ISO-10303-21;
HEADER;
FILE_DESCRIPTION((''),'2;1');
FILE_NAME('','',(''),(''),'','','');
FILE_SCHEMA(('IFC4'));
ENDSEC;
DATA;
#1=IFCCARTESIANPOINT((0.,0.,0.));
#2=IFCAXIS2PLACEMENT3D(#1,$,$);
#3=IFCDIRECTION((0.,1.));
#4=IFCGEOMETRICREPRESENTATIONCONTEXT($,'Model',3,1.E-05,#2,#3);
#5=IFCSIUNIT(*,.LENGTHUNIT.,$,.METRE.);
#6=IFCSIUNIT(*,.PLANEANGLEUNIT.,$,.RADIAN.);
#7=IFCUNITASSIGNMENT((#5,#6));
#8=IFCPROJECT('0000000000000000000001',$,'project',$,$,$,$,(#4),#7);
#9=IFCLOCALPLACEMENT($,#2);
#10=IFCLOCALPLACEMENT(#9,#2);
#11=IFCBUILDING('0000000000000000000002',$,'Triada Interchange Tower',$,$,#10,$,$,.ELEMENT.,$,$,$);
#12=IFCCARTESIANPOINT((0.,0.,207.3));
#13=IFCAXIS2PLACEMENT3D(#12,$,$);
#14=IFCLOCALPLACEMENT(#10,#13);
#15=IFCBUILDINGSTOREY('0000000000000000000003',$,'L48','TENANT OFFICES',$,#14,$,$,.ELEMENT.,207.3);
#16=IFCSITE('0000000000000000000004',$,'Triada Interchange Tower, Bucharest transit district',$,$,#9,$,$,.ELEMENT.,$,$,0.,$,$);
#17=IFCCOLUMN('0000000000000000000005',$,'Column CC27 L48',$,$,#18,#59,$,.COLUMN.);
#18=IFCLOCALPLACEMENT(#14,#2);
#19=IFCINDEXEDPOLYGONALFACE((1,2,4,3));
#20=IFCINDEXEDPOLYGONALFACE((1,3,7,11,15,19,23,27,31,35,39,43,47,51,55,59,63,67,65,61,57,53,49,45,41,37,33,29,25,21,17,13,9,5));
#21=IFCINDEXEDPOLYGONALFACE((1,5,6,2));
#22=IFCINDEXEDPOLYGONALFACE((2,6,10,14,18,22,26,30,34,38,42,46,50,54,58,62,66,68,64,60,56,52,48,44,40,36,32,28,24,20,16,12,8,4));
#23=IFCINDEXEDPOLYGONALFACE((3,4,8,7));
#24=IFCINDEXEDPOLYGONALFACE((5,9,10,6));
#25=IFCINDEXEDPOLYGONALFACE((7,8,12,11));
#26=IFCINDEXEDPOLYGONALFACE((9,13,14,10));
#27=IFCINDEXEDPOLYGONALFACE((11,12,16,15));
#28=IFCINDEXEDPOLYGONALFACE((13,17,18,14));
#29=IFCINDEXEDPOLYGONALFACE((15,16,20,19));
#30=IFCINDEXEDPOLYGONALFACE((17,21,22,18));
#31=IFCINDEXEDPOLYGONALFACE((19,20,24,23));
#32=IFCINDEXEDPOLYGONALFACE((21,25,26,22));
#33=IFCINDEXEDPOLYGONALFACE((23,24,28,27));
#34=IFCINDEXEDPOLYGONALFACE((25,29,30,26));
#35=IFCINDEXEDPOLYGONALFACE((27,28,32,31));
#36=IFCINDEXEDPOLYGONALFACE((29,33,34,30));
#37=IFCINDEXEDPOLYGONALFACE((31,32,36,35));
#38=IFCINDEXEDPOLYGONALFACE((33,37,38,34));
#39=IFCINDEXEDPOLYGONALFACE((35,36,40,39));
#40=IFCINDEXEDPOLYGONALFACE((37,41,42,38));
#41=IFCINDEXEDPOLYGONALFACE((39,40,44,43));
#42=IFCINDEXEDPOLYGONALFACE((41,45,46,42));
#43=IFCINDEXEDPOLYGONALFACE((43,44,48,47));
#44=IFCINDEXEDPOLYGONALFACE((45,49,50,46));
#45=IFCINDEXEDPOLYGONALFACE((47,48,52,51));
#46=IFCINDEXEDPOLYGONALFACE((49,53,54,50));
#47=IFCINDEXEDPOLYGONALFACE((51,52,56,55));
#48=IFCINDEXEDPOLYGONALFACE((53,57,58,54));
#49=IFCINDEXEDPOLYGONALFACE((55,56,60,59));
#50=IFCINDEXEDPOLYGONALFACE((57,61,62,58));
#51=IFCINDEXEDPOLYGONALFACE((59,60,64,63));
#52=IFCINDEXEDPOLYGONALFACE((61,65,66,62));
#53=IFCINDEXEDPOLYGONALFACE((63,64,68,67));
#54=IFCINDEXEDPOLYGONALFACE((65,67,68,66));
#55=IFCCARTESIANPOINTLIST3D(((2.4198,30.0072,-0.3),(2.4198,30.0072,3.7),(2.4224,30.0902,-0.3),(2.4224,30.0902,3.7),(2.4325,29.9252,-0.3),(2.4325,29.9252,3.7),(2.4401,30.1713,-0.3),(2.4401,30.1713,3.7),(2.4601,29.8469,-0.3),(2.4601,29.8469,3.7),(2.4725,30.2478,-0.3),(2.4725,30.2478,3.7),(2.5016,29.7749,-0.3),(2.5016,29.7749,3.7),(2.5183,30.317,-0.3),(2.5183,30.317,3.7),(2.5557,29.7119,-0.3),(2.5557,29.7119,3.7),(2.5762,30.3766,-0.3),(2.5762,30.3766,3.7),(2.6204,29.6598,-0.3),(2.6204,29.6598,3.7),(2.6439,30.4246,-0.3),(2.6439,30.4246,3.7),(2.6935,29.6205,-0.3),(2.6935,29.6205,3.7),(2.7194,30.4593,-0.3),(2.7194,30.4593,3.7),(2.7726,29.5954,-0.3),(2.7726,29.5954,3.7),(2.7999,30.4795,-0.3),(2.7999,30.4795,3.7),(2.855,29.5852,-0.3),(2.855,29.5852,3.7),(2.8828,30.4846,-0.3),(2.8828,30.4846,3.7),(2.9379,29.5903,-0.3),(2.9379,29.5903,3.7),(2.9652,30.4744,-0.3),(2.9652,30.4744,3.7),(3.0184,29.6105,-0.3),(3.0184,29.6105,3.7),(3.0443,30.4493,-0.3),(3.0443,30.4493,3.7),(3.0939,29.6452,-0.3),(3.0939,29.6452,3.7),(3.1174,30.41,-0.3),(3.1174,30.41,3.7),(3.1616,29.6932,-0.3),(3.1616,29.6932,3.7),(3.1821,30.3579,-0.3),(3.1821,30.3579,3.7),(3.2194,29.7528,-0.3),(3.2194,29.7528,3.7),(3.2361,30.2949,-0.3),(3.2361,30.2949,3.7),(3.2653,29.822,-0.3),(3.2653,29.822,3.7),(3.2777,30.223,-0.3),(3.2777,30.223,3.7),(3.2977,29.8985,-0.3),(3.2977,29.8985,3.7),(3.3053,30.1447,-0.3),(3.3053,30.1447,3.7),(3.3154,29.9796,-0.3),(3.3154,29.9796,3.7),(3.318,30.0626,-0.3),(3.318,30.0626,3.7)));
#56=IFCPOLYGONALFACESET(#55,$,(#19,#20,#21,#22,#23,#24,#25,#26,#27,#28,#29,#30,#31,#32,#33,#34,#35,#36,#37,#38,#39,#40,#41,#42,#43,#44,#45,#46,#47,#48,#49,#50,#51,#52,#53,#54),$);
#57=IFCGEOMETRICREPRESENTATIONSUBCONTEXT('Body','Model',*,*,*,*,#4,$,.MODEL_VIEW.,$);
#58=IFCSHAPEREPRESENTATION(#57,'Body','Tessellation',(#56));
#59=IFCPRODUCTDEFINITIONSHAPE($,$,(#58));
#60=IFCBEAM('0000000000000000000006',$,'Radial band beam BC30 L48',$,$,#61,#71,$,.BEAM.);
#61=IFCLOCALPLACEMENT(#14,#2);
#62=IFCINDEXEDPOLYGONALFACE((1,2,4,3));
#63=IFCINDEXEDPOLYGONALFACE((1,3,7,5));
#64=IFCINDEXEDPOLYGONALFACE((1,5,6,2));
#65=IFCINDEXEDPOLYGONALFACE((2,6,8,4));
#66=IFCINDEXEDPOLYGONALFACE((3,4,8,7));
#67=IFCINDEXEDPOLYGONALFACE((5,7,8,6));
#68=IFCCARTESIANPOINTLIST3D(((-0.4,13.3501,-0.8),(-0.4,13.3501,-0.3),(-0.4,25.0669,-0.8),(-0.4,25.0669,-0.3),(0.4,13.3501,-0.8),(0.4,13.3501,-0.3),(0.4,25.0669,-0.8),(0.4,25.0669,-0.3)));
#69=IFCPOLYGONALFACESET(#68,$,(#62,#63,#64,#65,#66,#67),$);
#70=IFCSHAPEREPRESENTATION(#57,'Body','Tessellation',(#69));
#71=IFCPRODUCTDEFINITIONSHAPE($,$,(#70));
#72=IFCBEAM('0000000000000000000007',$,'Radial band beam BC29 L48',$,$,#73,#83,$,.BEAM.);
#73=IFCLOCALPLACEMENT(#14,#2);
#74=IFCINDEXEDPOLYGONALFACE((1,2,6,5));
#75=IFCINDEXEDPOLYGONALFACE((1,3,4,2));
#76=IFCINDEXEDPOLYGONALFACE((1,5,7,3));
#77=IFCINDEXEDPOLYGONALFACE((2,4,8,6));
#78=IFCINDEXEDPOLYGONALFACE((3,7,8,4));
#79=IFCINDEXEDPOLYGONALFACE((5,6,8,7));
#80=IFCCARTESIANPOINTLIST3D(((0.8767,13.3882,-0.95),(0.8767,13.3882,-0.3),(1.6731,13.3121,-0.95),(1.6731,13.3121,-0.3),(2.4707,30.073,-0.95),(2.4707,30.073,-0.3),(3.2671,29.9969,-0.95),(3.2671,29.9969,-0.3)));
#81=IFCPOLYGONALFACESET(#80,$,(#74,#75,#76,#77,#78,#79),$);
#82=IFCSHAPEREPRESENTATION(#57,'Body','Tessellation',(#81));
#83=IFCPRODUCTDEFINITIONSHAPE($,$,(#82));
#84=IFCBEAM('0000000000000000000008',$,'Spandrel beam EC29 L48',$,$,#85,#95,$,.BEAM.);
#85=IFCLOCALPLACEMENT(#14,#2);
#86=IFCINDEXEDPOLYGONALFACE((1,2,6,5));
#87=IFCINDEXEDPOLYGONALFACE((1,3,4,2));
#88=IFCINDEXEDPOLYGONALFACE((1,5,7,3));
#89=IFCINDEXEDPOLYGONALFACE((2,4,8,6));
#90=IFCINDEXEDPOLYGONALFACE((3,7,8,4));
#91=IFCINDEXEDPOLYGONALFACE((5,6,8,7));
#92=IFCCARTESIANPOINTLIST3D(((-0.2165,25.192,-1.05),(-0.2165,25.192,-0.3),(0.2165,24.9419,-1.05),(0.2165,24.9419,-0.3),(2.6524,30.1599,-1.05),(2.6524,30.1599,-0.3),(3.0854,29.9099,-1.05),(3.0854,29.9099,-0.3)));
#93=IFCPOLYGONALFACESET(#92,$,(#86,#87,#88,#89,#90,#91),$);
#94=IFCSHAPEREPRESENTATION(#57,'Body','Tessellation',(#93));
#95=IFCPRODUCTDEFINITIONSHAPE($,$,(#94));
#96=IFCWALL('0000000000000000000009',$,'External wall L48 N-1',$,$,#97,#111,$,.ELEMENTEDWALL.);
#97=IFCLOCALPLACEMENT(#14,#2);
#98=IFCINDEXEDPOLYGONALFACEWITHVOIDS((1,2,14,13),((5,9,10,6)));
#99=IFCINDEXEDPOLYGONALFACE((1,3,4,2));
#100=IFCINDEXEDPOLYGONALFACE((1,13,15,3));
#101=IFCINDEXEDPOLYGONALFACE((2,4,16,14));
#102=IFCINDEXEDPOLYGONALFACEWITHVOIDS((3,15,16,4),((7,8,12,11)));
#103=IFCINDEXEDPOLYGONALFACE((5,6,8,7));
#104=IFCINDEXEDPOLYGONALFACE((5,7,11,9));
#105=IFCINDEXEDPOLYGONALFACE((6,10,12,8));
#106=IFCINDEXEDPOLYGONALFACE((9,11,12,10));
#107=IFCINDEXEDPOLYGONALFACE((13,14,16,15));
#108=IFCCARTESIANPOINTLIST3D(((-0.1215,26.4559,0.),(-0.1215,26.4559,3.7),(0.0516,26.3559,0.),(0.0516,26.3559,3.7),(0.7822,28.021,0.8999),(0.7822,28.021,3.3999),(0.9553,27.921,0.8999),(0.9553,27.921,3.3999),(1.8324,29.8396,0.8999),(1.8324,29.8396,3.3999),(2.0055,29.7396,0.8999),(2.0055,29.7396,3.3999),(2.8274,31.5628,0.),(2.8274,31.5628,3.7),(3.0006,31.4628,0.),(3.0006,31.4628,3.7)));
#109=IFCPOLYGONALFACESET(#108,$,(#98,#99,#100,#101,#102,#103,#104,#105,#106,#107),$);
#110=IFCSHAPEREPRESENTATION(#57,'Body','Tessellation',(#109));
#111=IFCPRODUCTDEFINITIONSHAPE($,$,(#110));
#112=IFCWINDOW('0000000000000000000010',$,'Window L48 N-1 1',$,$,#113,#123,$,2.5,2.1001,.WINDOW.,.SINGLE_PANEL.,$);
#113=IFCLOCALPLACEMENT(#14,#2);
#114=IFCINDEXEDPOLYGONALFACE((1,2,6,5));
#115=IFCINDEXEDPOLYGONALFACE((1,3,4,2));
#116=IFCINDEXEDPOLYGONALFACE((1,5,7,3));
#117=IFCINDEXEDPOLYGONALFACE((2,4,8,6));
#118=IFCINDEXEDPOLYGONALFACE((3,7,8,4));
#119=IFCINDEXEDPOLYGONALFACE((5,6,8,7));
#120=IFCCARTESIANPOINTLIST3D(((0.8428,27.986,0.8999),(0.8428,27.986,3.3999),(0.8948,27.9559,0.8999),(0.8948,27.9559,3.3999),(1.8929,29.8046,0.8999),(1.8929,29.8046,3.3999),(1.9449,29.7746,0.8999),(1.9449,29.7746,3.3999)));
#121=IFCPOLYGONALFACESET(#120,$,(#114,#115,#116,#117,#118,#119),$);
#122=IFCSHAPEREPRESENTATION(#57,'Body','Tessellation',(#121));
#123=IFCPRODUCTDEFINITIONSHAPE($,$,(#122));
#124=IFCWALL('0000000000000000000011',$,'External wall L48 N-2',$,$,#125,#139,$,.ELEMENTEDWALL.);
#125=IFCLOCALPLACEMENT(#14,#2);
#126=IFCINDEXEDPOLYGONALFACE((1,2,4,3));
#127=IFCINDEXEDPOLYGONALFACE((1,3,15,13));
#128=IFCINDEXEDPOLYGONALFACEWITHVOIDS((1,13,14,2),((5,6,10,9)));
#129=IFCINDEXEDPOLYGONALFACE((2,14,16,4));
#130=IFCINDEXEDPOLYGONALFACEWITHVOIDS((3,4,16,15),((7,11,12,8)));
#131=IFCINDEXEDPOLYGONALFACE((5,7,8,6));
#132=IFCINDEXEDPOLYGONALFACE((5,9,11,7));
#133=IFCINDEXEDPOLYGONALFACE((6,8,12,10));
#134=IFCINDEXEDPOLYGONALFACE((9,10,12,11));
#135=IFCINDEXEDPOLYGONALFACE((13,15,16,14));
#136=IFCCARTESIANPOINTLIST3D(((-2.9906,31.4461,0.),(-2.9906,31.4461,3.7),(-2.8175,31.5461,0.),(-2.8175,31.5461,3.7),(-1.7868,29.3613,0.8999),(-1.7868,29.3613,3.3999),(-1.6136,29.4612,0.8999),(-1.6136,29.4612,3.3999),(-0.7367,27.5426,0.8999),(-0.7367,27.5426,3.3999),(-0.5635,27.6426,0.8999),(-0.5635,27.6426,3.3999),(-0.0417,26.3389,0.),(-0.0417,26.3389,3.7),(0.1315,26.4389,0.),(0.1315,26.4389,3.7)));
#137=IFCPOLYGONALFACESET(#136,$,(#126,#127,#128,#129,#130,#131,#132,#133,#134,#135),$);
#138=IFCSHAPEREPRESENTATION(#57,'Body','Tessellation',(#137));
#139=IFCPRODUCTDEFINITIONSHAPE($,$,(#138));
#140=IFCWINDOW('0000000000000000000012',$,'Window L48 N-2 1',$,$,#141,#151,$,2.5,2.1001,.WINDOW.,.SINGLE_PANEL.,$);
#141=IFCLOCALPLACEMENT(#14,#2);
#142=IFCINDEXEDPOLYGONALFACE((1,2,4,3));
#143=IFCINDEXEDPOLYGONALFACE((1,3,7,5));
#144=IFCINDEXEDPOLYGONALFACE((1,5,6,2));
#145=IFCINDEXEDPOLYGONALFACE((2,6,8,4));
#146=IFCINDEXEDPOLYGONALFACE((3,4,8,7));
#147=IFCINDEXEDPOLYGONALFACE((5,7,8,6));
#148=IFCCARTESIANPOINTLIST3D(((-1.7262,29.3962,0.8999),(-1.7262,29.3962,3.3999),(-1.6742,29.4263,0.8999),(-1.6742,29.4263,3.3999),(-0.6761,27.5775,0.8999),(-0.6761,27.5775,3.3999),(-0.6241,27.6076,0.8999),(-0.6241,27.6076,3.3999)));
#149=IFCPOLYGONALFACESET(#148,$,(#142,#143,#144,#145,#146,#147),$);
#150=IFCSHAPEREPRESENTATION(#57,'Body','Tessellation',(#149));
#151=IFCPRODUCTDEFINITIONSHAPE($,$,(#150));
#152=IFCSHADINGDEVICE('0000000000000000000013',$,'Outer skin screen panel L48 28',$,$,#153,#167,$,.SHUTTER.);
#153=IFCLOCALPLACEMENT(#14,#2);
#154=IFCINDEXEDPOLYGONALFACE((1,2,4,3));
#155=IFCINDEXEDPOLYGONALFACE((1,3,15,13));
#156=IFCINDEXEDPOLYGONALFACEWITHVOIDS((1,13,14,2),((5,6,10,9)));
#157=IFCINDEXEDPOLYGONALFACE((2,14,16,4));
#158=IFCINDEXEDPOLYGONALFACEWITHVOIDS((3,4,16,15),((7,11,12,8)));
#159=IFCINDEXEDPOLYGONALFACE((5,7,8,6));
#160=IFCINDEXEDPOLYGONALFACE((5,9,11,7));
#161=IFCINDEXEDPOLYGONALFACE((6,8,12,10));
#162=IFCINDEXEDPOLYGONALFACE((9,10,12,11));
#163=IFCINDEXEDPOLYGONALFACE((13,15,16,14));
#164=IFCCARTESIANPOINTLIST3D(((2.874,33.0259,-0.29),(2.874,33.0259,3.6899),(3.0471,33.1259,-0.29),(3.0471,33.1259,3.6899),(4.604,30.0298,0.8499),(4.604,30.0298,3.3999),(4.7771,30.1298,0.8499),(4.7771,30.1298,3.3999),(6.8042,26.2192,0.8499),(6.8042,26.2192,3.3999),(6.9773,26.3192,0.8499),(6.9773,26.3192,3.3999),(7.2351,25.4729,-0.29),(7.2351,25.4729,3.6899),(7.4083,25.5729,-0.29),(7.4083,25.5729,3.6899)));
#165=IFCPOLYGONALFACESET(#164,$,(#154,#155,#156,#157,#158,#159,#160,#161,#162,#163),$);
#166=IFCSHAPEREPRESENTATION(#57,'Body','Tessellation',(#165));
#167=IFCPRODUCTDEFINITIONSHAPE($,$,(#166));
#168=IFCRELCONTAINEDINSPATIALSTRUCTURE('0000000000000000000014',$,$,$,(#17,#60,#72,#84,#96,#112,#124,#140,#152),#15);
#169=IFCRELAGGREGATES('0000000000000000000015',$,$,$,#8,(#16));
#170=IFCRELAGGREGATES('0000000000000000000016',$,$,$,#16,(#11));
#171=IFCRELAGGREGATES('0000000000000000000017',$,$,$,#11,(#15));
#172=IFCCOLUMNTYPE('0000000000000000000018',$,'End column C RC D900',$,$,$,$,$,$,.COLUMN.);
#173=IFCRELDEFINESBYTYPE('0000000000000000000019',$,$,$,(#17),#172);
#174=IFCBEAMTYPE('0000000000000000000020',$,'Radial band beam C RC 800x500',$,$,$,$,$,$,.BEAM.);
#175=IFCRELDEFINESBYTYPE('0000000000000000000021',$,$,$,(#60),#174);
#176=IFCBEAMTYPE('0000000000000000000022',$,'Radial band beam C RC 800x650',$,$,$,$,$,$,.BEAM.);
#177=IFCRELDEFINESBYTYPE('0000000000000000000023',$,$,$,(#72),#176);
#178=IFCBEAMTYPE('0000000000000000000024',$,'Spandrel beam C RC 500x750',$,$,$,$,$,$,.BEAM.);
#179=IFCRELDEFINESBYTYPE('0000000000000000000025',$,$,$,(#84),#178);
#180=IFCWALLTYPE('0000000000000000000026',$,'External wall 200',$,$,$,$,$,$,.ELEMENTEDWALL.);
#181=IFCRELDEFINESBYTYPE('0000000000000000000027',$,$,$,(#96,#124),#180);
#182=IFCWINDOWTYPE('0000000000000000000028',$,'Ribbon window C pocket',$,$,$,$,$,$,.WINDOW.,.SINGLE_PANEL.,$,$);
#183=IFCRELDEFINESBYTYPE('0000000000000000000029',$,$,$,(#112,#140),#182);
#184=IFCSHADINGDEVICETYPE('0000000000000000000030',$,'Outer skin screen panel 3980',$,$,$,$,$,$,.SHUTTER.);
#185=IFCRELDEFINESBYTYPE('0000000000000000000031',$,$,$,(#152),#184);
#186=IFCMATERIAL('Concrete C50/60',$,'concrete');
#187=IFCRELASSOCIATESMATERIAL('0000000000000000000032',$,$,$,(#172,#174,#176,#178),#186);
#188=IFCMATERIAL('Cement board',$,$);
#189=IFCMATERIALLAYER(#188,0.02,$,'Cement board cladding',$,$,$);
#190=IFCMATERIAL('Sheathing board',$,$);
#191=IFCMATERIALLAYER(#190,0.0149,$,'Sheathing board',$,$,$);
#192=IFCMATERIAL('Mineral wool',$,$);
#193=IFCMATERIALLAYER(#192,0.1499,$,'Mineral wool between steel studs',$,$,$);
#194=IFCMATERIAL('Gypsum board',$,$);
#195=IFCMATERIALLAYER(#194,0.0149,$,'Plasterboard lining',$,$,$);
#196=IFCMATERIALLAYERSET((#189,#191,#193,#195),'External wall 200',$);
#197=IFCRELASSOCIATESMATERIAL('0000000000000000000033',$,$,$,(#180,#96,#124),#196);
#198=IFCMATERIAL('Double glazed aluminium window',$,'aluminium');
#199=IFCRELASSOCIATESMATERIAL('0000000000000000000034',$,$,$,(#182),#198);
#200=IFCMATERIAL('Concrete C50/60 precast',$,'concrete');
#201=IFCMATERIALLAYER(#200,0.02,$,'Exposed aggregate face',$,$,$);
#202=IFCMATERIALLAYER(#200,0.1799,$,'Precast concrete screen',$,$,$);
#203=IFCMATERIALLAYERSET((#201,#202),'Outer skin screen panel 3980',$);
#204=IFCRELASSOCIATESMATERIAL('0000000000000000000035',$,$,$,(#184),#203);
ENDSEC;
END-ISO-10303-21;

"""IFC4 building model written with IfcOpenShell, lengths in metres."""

from ifc_helpers import new_model, si_unit, direction, frame, frame_2d, origin, origin_2d, place, context, subcontext, project, spatial, polyline, rectangle, circle, outline, extrude, material, layer, layer_set, layer_usage, material_profile, profile_set, type_object, element, fill, save


model = new_model("IFC4")

# Units and contexts
model_context = context("Model", 3, precision=1e-05, world=origin(), true_north=direction((0.0, 1.0)))
body_context = subcontext(model_context, "Body", "Model", "MODEL_VIEW")
ifc_project = project(units=[si_unit("LENGTHUNIT", "METRE"), si_unit("PLANEANGLEUNIT", "RADIAN")], contexts=[model_context])

# Site, building, storey
site_placement = place(None, origin())
site = spatial("IfcSite", under=ifc_project, at=site_placement, Name="Triada Interchange Tower, Bucharest transit district", CompositionType="ELEMENT", RefElevation=0.0)
building_placement = place(site_placement, origin())
building = spatial("IfcBuilding", under=site, at=building_placement, Name="Triada Interchange Tower", CompositionType="ELEMENT")
storey_placement = place(building_placement, frame((0.0, 0.0, 207.3)))
storey = spatial("IfcBuildingStorey", under=building, at=storey_placement, Name="L48", Description="TENANT OFFICES", CompositionType="ELEMENT", Elevation=207.3)

# Column
ifc_material_1 = material(Name="Concrete C50/60", Category="concrete")
ifc_material_profile_1 = material_profile(ifc_material_1, circle(Radius=0.45, at=origin_2d()), Name="RC D900")
ifc_profile_set_1 = profile_set([ifc_material_profile_1], Name="Concrete C50/60")
column_type = type_object("IfcColumnType", Name="End column C RC D900", PredefinedType="COLUMN", material=ifc_profile_set_1)
column_placement = place(storey_placement, frame((2.8689, 30.0349, -0.3), z_axis=(0.0, 0.0, 1.0), x_axis=(-0.5, 0.866025, 0.0)))
element("IfcColumn", 1, at=column_placement, inside=storey, type_object=column_type, Name="Column CC27 L48", PredefinedType="COLUMN", context=body_context, shape_type="SweptSolid", body=[
    extrude(circle(Radius=0.45, at=origin_2d()), origin(), (0.0, 0.0, 1.0), 4.0),
])

# Beams
ifc_material_profile_2 = material_profile(ifc_material_1, rectangle(XDim=0.8, YDim=0.5, at=origin_2d()), Name="RC 800x500")
ifc_profile_set_2 = profile_set([ifc_material_profile_2], Name="Concrete C50/60")
beam_type_1 = type_object("IfcBeamType", Name="Radial band beam C RC 800x500", PredefinedType="BEAM", material=ifc_profile_set_2)
beam_1_placement = place(storey_placement, frame((0.0, 25.0669, -0.55), z_axis=(0.0, -1.0, 0.0), x_axis=(1.0, 0.0, 0.0)))
element("IfcBeam", 2, at=beam_1_placement, inside=storey, type_object=beam_type_1, Name="Radial band beam BC30 L48", PredefinedType="BEAM", context=body_context, shape_type="SweptSolid", body=[
    extrude(rectangle(XDim=0.8, YDim=0.5, at=origin_2d()), origin(), (0.0, 0.0, 1.0), 11.7168),
])
ifc_material_profile_3 = material_profile(ifc_material_1, rectangle(XDim=0.8, YDim=0.6499, at=origin_2d()), Name="RC 800x650")
ifc_profile_set_3 = profile_set([ifc_material_profile_3], Name="Concrete C50/60")
beam_type_2 = type_object("IfcBeamType", Name="Radial band beam C RC 800x650", PredefinedType="BEAM", material=ifc_profile_set_3)
beam_2_placement = place(storey_placement, frame((2.8689, 30.0349, -0.625), z_axis=(-0.095103, -0.995467, 0.0), x_axis=(0.995467, -0.095103, 0.0)))
element("IfcBeam", 3, at=beam_2_placement, inside=storey, type_object=beam_type_2, Name="Radial band beam BC29 L48", PredefinedType="BEAM", context=body_context, shape_type="SweptSolid", body=[
    extrude(rectangle(XDim=0.8, YDim=0.6499, at=origin_2d()), origin(), (0.0, 0.0, 1.0), 16.7607),
])
ifc_material_profile_4 = material_profile(ifc_material_1, rectangle(XDim=0.5, YDim=0.75, at=origin_2d()), Name="RC 500x750")
ifc_profile_set_4 = profile_set([ifc_material_profile_4], Name="Concrete C50/60")
beam_type_3 = type_object("IfcBeamType", Name="Spandrel beam C RC 500x750", PredefinedType="BEAM", material=ifc_profile_set_4)
beam_3_placement = place(storey_placement, frame((2.8689, 30.0349, -0.675), z_axis=(-0.50008, -0.865979, 0.0), x_axis=(0.865979, -0.50008, 0.0)))
element("IfcBeam", 4, at=beam_3_placement, inside=storey, type_object=beam_type_3, Name="Spandrel beam EC29 L48", PredefinedType="BEAM", context=body_context, shape_type="SweptSolid", body=[
    extrude(rectangle(XDim=0.5, YDim=0.75, at=origin_2d()), origin(), (0.0, 0.0, 1.0), 5.7368),
])

# Walls, openings, windows
ifc_material_2 = material(Name="Cement board")
ifc_layer_1 = layer(ifc_material_2, 0.02, Name="Cement board cladding")
ifc_material_3 = material(Name="Sheathing board")
ifc_layer_2 = layer(ifc_material_3, 0.0149, Name="Sheathing board")
ifc_material_4 = material(Name="Mineral wool")
ifc_layer_3 = layer(ifc_material_4, 0.1499, Name="Mineral wool between steel studs")
ifc_material_5 = material(Name="Gypsum board")
ifc_layer_4 = layer(ifc_material_5, 0.0149, Name="Plasterboard lining")
ifc_layer_set_1 = layer_set([ifc_layer_1, ifc_layer_2, ifc_layer_3, ifc_layer_4], Name="External wall 200")
ifc_layer_usage = layer_usage(ifc_layer_set_1, "AXIS2", "POSITIVE", -0.1001)
wall_type = type_object("IfcWallType", Name="External wall 200", PredefinedType="ELEMENTEDWALL", material=ifc_layer_set_1)
wall_1_placement = place(storey_placement, frame((2.9141, 31.5129, 0.0), z_axis=(0.0, 0.0, 1.0), x_axis=(-0.500062, -0.86599, 0.0)))
wall_1 = element("IfcWall", 5, at=wall_1_placement, inside=storey, type_object=wall_type, material=ifc_layer_usage, Name="External wall L48 N-1", PredefinedType="ELEMENTEDWALL", context=body_context, shape_type="SweptSolid", body=[
    extrude(rectangle(XDim=5.8972, YDim=0.2, at=frame_2d((2.9487, 0.0))), origin(), (0.0, 0.0, 1.0), 3.7),
])
opening_1_placement = place(wall_1_placement, frame((1.99, 0.0, 0.8999)))
opening_1 = element("IfcOpeningElement", 6, at=opening_1_placement, cuts=wall_1, PredefinedType="OPENING", context=body_context, shape_type="SweptSolid", body=[
    extrude(rectangle(XDim=2.1001, YDim=2.5, at=frame_2d((1.05, 1.25))), frame((0.0, 0.1099, 0.0), z_axis=(0.0, -1.0, 0.0), x_axis=(1.0, 0.0, 0.0)), (0.0, 0.0, 1.0), 0.22),
])
ifc_material_6 = material(Name="Double glazed aluminium window", Category="aluminium")
window_type = type_object("IfcWindowType", Name="Ribbon window C pocket", PartitioningType="SINGLE_PANEL", PredefinedType="WINDOW", material=ifc_material_6)
window_1_placement = place(opening_1_placement, origin())
window_1 = element("IfcWindow", 7, at=window_1_placement, inside=storey, type_object=window_type, Name="Window L48 N-1 1", OverallHeight=2.5, OverallWidth=2.1001, PartitioningType="SINGLE_PANEL", PredefinedType="WINDOW", context=body_context, shape_type="SweptSolid", body=[
    extrude(rectangle(XDim=2.1001, YDim=2.5, at=frame_2d((1.05, 1.25))), frame((0.0, 0.03, 0.0), z_axis=(0.0, -1.0, 0.0), x_axis=(1.0, 0.0, 0.0)), (0.0, 0.0, 1.0), 0.0601),
])
fill(opening_1, window_1)
wall_2_placement = place(storey_placement, frame((0.0449, 26.3889, 0.0), z_axis=(0.0, 0.0, 1.0), x_axis=(-0.500044, 0.866, 0.0)))
wall_2 = element("IfcWall", 8, at=wall_2_placement, inside=storey, type_object=wall_type, material=ifc_layer_usage, Name="External wall L48 N-2", PredefinedType="ELEMENTEDWALL", context=body_context, shape_type="SweptSolid", body=[
    extrude(rectangle(XDim=5.8975, YDim=0.2, at=frame_2d((2.9487, 0.0))), origin(), (0.0, 0.0, 1.0), 3.7),
])
opening_2_placement = place(wall_2_placement, frame((1.3899, 0.0, 0.8999)))
opening_2 = element("IfcOpeningElement", 9, at=opening_2_placement, cuts=wall_2, PredefinedType="OPENING", context=body_context, shape_type="SweptSolid", body=[
    extrude(rectangle(XDim=2.1001, YDim=2.5, at=frame_2d((1.05, 1.25))), frame((0.0, 0.1099, 0.0), z_axis=(0.0, -1.0, 0.0), x_axis=(1.0, 0.0, 0.0)), (0.0, 0.0, 1.0), 0.22),
])
window_2_placement = place(opening_2_placement, origin())
window_2 = element("IfcWindow", 10, at=window_2_placement, inside=storey, type_object=window_type, Name="Window L48 N-2 1", OverallHeight=2.5, OverallWidth=2.1001, PartitioningType="SINGLE_PANEL", PredefinedType="WINDOW", context=body_context, shape_type="SweptSolid", body=[
    extrude(rectangle(XDim=2.1001, YDim=2.5, at=frame_2d((1.05, 1.25))), frame((0.0, 0.03, 0.0), z_axis=(0.0, -1.0, 0.0), x_axis=(1.0, 0.0, 0.0)), (0.0, 0.0, 1.0), 0.0601),
])
fill(opening_2, window_2)

# Shading device
ifc_material_7 = material(Name="Concrete C50/60 precast", Category="concrete")
ifc_layer_5 = layer(ifc_material_7, 0.02, Name="Exposed aggregate face")
ifc_layer_6 = layer(ifc_material_7, 0.1799, Name="Precast concrete screen")
ifc_layer_set_2 = layer_set([ifc_layer_5, ifc_layer_6], Name="Outer skin screen panel 3980")
shading_device_type = type_object("IfcShadingDeviceType", Name="Outer skin screen panel 3980", PredefinedType="SHUTTER", material=ifc_layer_set_2)
shading_device_1_placement = place(storey_placement, frame((7.2351, 25.4729, -0.29), z_axis=(0.0, 0.0, 1.0), x_axis=(-0.500032, 0.866007, 0.0)))
element("IfcShadingDevice", 11, at=shading_device_1_placement, inside=storey, type_object=shading_device_type, Name="Outer skin screen panel L48 28", PredefinedType="SHUTTER", context=body_context, shape_type="SweptSolid", body=[
    extrude(outline(polyline([(0.0, 0.0), (8.7217, 0.0), (8.7217, 3.98), (0.0, 3.98), (0.0, 0.0)]), holes=[polyline([(0.8618, 1.1399), (0.8618, 3.6899), (5.262, 3.6899), (5.262, 1.1399), (0.8618, 1.1399)])]), frame((0.0, 0.0, 0.0), z_axis=(0.0, -1.0, 0.0), x_axis=(1.0, 0.0, 0.0)), (0.0, 0.0, 1.0), 0.2),
])

save(model, "model.ifc")
